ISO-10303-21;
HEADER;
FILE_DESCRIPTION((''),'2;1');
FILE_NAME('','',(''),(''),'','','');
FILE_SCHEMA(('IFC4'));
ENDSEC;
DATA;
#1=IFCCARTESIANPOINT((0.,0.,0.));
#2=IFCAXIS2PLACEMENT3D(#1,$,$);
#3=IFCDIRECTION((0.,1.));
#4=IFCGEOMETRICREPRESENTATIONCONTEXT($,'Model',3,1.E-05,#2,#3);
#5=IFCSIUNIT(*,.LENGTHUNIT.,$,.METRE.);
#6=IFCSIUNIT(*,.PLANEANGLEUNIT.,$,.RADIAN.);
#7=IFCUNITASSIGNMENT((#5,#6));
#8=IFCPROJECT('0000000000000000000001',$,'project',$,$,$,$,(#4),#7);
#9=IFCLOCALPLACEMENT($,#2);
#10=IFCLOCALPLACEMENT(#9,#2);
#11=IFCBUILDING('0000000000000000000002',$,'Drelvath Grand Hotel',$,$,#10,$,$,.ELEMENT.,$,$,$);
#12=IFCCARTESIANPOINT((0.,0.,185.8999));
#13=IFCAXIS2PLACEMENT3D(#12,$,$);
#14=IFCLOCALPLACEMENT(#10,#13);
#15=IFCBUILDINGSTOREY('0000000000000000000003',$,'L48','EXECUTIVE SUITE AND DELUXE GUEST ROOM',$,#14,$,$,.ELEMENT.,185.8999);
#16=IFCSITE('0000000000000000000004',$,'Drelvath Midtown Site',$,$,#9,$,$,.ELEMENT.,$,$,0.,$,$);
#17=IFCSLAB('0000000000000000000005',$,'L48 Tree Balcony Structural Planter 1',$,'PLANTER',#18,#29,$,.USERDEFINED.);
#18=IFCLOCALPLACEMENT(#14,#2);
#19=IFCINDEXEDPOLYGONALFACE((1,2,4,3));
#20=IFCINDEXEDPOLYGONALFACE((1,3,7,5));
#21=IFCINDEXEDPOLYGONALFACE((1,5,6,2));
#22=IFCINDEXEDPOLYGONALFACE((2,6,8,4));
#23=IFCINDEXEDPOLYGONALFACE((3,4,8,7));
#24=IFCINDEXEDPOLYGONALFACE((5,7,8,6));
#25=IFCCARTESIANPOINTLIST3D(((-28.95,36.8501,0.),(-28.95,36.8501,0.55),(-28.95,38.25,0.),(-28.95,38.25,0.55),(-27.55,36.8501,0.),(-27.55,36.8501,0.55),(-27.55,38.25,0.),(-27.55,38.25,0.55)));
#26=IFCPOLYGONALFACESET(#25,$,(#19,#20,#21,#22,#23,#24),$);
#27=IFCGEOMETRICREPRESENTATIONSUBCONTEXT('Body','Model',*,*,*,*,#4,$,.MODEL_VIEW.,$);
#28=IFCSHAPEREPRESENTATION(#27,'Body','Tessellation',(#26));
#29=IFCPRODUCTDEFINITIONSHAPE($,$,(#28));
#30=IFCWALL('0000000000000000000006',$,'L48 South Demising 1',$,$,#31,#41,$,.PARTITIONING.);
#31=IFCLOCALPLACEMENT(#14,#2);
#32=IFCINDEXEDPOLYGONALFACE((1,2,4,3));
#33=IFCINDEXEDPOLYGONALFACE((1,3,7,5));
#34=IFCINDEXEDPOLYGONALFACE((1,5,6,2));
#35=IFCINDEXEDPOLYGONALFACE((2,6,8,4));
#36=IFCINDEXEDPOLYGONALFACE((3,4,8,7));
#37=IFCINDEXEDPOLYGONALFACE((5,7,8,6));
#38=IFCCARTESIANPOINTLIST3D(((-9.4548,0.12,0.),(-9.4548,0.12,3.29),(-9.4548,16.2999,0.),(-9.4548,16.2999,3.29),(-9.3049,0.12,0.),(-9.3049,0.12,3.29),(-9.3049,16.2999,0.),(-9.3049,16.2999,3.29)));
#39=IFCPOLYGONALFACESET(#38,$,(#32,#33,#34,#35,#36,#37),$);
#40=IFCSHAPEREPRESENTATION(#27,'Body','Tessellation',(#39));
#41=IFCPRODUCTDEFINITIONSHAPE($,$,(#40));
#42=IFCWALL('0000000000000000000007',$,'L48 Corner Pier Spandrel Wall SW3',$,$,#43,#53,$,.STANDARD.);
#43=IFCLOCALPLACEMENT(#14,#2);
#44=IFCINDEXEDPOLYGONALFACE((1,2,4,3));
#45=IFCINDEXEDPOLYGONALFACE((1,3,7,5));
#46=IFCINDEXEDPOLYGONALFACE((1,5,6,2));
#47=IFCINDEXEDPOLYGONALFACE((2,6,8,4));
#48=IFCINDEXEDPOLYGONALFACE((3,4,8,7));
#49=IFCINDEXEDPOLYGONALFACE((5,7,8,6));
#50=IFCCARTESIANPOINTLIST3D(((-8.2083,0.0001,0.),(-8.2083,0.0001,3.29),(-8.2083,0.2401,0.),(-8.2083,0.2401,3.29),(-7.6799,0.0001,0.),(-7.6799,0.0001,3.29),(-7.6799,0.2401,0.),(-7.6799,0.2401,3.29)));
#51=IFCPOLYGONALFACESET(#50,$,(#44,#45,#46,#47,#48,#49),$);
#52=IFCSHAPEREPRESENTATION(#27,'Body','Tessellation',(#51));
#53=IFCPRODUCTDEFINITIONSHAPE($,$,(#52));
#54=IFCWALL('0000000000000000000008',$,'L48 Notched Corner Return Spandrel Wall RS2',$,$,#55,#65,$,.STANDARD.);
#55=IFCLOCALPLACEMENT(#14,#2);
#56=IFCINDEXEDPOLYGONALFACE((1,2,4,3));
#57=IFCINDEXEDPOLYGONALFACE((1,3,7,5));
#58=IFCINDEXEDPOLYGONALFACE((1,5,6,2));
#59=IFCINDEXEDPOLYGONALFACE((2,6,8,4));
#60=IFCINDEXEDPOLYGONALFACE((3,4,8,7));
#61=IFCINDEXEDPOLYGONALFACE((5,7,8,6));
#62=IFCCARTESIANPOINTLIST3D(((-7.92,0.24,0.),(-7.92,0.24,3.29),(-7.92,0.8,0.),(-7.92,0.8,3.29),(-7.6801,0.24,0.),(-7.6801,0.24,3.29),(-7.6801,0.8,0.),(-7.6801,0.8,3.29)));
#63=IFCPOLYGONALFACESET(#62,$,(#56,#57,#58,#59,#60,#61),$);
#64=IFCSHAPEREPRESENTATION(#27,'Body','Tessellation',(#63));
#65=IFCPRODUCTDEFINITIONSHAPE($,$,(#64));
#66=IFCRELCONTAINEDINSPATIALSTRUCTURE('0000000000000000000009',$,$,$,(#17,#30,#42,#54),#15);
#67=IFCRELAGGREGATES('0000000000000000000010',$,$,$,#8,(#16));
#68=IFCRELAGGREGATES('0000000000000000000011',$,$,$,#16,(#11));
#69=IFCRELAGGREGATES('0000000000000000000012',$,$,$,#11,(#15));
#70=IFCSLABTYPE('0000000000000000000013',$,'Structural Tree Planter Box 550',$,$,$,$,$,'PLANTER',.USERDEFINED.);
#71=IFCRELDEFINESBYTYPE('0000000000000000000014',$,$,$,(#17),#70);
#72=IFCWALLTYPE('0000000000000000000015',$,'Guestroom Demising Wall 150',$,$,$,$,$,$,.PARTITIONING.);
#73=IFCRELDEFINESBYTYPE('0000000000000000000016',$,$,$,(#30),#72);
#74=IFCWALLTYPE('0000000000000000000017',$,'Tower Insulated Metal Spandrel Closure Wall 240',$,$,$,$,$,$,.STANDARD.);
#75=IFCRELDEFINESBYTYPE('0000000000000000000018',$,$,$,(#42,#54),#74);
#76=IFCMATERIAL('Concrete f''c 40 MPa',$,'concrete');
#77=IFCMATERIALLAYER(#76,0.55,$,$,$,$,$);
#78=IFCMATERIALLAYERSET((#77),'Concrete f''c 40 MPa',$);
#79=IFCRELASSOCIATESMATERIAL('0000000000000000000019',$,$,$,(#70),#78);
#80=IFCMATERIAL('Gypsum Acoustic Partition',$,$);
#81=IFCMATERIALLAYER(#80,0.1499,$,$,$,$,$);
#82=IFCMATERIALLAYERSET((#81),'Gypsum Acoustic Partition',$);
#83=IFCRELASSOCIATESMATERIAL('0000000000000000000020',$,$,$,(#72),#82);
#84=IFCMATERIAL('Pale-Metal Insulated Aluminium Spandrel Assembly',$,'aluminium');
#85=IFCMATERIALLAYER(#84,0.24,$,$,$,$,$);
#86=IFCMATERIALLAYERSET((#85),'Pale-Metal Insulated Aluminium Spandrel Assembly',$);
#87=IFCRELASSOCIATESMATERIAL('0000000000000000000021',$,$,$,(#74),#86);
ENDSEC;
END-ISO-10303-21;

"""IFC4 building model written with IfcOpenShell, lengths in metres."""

from ifc_helpers import new_model, si_unit, direction, frame, frame_2d, origin, place, context, subcontext, project, spatial, polyline, rectangle, outline, extrude, material, layer, layer_set, type_object, element, save


model = new_model("IFC4")

# Units and contexts
model_context = context("Model", 3, precision=1e-05, world=origin(), true_north=direction((0.0, 1.0)))
body_context = subcontext(model_context, "Body", "Model", "MODEL_VIEW")
ifc_project = project(units=[si_unit("LENGTHUNIT", "METRE"), si_unit("PLANEANGLEUNIT", "RADIAN")], contexts=[model_context])

# Site, building, storey
site_placement = place(None, origin())
site = spatial("IfcSite", under=ifc_project, at=site_placement, Name="Drelvath Midtown Site", CompositionType="ELEMENT", RefElevation=0.0)
building_placement = place(site_placement, origin())
building = spatial("IfcBuilding", under=site, at=building_placement, Name="Drelvath Grand Hotel", CompositionType="ELEMENT")
storey_placement = place(building_placement, frame((0.0, 0.0, 185.8999)))
storey = spatial("IfcBuildingStorey", under=building, at=storey_placement, Name="L48", Description="EXECUTIVE SUITE AND DELUXE GUEST ROOM", CompositionType="ELEMENT", Elevation=185.8999)

# Shared definitions
ifc_material_1 = material(Name="Concrete f'c 40 MPa", Category="concrete")

# Slab
ifc_layer_1 = layer(ifc_material_1, 0.55)
ifc_layer_set_1 = layer_set([ifc_layer_1], Name="Concrete f'c 40 MPa")
slab_type_1 = type_object("IfcSlabType", Name="Structural Tree Planter Box 550", ElementType="PLANTER", PredefinedType="USERDEFINED", material=ifc_layer_set_1)
slab_1_placement = place(storey_placement, origin())
element("IfcSlab", 1, at=slab_1_placement, inside=storey, type_object=slab_type_1, Name="L48 Tree Balcony Structural Planter 1", ObjectType="PLANTER", PredefinedType="USERDEFINED", context=body_context, shape_type="SweptSolid", body=[
    extrude(outline(polyline([(-28.95, 36.8501), (-27.55, 36.8501), (-27.55, 38.25), (-28.95, 38.25), (-28.95, 36.8501)])), origin(), (0.0, 0.0, 1.0), 0.55),
])

# Walls
ifc_material_2 = material(Name="Gypsum Acoustic Partition")
ifc_layer_2 = layer(ifc_material_2, 0.1499)
ifc_layer_set_2 = layer_set([ifc_layer_2], Name="Gypsum Acoustic Partition")
wall_type_1 = type_object("IfcWallType", Name="Guestroom Demising Wall 150", PredefinedType="PARTITIONING", material=ifc_layer_set_2)
wall_1_placement = place(storey_placement, frame((-9.3799, 0.1201, 0.0), z_axis=(0.0, 0.0, 1.0), x_axis=(0.0, 1.0, 0.0)))
element("IfcWall", 2, at=wall_1_placement, inside=storey, type_object=wall_type_1, Name="L48 South Demising 1", PredefinedType="PARTITIONING", context=body_context, shape_type="SweptSolid", body=[
    extrude(rectangle(XDim=16.1799, YDim=0.1499, at=frame_2d((8.0898, 0.0))), origin(), (0.0, 0.0, 1.0), 3.29),
])
ifc_material_3 = material(Name="Pale-Metal Insulated Aluminium Spandrel Assembly", Category="aluminium")
ifc_layer_3 = layer(ifc_material_3, 0.24)
ifc_layer_set_3 = layer_set([ifc_layer_3], Name="Pale-Metal Insulated Aluminium Spandrel Assembly")
wall_type_2 = type_object("IfcWallType", Name="Tower Insulated Metal Spandrel Closure Wall 240", PredefinedType="STANDARD", material=ifc_layer_set_3)
wall_2_placement = place(storey_placement, frame((-7.6799, 0.1201, 0.0), z_axis=(0.0, 0.0, 1.0), x_axis=(-1.0, 0.0, 0.0)))
element("IfcWall", 3, at=wall_2_placement, inside=storey, type_object=wall_type_2, Name="L48 Corner Pier Spandrel Wall SW3", PredefinedType="STANDARD", context=body_context, shape_type="SweptSolid", body=[
    extrude(rectangle(XDim=0.5283, YDim=0.24, at=frame_2d((0.2642, 0.0))), origin(), (0.0, 0.0, 1.0), 3.29),
])
wall_3_placement = place(storey_placement, frame((-7.8, 0.8, 0.0), z_axis=(0.0, 0.0, 1.0), x_axis=(0.0, -1.0, 0.0)))
element("IfcWall", 4, at=wall_3_placement, inside=storey, type_object=wall_type_2, Name="L48 Notched Corner Return Spandrel Wall RS2", PredefinedType="STANDARD", context=body_context, shape_type="SweptSolid", body=[
    extrude(rectangle(XDim=0.5601, YDim=0.24, at=frame_2d((0.28, 0.0))), origin(), (0.0, 0.0, 1.0), 3.29),
])

save(model, "model.ifc")
